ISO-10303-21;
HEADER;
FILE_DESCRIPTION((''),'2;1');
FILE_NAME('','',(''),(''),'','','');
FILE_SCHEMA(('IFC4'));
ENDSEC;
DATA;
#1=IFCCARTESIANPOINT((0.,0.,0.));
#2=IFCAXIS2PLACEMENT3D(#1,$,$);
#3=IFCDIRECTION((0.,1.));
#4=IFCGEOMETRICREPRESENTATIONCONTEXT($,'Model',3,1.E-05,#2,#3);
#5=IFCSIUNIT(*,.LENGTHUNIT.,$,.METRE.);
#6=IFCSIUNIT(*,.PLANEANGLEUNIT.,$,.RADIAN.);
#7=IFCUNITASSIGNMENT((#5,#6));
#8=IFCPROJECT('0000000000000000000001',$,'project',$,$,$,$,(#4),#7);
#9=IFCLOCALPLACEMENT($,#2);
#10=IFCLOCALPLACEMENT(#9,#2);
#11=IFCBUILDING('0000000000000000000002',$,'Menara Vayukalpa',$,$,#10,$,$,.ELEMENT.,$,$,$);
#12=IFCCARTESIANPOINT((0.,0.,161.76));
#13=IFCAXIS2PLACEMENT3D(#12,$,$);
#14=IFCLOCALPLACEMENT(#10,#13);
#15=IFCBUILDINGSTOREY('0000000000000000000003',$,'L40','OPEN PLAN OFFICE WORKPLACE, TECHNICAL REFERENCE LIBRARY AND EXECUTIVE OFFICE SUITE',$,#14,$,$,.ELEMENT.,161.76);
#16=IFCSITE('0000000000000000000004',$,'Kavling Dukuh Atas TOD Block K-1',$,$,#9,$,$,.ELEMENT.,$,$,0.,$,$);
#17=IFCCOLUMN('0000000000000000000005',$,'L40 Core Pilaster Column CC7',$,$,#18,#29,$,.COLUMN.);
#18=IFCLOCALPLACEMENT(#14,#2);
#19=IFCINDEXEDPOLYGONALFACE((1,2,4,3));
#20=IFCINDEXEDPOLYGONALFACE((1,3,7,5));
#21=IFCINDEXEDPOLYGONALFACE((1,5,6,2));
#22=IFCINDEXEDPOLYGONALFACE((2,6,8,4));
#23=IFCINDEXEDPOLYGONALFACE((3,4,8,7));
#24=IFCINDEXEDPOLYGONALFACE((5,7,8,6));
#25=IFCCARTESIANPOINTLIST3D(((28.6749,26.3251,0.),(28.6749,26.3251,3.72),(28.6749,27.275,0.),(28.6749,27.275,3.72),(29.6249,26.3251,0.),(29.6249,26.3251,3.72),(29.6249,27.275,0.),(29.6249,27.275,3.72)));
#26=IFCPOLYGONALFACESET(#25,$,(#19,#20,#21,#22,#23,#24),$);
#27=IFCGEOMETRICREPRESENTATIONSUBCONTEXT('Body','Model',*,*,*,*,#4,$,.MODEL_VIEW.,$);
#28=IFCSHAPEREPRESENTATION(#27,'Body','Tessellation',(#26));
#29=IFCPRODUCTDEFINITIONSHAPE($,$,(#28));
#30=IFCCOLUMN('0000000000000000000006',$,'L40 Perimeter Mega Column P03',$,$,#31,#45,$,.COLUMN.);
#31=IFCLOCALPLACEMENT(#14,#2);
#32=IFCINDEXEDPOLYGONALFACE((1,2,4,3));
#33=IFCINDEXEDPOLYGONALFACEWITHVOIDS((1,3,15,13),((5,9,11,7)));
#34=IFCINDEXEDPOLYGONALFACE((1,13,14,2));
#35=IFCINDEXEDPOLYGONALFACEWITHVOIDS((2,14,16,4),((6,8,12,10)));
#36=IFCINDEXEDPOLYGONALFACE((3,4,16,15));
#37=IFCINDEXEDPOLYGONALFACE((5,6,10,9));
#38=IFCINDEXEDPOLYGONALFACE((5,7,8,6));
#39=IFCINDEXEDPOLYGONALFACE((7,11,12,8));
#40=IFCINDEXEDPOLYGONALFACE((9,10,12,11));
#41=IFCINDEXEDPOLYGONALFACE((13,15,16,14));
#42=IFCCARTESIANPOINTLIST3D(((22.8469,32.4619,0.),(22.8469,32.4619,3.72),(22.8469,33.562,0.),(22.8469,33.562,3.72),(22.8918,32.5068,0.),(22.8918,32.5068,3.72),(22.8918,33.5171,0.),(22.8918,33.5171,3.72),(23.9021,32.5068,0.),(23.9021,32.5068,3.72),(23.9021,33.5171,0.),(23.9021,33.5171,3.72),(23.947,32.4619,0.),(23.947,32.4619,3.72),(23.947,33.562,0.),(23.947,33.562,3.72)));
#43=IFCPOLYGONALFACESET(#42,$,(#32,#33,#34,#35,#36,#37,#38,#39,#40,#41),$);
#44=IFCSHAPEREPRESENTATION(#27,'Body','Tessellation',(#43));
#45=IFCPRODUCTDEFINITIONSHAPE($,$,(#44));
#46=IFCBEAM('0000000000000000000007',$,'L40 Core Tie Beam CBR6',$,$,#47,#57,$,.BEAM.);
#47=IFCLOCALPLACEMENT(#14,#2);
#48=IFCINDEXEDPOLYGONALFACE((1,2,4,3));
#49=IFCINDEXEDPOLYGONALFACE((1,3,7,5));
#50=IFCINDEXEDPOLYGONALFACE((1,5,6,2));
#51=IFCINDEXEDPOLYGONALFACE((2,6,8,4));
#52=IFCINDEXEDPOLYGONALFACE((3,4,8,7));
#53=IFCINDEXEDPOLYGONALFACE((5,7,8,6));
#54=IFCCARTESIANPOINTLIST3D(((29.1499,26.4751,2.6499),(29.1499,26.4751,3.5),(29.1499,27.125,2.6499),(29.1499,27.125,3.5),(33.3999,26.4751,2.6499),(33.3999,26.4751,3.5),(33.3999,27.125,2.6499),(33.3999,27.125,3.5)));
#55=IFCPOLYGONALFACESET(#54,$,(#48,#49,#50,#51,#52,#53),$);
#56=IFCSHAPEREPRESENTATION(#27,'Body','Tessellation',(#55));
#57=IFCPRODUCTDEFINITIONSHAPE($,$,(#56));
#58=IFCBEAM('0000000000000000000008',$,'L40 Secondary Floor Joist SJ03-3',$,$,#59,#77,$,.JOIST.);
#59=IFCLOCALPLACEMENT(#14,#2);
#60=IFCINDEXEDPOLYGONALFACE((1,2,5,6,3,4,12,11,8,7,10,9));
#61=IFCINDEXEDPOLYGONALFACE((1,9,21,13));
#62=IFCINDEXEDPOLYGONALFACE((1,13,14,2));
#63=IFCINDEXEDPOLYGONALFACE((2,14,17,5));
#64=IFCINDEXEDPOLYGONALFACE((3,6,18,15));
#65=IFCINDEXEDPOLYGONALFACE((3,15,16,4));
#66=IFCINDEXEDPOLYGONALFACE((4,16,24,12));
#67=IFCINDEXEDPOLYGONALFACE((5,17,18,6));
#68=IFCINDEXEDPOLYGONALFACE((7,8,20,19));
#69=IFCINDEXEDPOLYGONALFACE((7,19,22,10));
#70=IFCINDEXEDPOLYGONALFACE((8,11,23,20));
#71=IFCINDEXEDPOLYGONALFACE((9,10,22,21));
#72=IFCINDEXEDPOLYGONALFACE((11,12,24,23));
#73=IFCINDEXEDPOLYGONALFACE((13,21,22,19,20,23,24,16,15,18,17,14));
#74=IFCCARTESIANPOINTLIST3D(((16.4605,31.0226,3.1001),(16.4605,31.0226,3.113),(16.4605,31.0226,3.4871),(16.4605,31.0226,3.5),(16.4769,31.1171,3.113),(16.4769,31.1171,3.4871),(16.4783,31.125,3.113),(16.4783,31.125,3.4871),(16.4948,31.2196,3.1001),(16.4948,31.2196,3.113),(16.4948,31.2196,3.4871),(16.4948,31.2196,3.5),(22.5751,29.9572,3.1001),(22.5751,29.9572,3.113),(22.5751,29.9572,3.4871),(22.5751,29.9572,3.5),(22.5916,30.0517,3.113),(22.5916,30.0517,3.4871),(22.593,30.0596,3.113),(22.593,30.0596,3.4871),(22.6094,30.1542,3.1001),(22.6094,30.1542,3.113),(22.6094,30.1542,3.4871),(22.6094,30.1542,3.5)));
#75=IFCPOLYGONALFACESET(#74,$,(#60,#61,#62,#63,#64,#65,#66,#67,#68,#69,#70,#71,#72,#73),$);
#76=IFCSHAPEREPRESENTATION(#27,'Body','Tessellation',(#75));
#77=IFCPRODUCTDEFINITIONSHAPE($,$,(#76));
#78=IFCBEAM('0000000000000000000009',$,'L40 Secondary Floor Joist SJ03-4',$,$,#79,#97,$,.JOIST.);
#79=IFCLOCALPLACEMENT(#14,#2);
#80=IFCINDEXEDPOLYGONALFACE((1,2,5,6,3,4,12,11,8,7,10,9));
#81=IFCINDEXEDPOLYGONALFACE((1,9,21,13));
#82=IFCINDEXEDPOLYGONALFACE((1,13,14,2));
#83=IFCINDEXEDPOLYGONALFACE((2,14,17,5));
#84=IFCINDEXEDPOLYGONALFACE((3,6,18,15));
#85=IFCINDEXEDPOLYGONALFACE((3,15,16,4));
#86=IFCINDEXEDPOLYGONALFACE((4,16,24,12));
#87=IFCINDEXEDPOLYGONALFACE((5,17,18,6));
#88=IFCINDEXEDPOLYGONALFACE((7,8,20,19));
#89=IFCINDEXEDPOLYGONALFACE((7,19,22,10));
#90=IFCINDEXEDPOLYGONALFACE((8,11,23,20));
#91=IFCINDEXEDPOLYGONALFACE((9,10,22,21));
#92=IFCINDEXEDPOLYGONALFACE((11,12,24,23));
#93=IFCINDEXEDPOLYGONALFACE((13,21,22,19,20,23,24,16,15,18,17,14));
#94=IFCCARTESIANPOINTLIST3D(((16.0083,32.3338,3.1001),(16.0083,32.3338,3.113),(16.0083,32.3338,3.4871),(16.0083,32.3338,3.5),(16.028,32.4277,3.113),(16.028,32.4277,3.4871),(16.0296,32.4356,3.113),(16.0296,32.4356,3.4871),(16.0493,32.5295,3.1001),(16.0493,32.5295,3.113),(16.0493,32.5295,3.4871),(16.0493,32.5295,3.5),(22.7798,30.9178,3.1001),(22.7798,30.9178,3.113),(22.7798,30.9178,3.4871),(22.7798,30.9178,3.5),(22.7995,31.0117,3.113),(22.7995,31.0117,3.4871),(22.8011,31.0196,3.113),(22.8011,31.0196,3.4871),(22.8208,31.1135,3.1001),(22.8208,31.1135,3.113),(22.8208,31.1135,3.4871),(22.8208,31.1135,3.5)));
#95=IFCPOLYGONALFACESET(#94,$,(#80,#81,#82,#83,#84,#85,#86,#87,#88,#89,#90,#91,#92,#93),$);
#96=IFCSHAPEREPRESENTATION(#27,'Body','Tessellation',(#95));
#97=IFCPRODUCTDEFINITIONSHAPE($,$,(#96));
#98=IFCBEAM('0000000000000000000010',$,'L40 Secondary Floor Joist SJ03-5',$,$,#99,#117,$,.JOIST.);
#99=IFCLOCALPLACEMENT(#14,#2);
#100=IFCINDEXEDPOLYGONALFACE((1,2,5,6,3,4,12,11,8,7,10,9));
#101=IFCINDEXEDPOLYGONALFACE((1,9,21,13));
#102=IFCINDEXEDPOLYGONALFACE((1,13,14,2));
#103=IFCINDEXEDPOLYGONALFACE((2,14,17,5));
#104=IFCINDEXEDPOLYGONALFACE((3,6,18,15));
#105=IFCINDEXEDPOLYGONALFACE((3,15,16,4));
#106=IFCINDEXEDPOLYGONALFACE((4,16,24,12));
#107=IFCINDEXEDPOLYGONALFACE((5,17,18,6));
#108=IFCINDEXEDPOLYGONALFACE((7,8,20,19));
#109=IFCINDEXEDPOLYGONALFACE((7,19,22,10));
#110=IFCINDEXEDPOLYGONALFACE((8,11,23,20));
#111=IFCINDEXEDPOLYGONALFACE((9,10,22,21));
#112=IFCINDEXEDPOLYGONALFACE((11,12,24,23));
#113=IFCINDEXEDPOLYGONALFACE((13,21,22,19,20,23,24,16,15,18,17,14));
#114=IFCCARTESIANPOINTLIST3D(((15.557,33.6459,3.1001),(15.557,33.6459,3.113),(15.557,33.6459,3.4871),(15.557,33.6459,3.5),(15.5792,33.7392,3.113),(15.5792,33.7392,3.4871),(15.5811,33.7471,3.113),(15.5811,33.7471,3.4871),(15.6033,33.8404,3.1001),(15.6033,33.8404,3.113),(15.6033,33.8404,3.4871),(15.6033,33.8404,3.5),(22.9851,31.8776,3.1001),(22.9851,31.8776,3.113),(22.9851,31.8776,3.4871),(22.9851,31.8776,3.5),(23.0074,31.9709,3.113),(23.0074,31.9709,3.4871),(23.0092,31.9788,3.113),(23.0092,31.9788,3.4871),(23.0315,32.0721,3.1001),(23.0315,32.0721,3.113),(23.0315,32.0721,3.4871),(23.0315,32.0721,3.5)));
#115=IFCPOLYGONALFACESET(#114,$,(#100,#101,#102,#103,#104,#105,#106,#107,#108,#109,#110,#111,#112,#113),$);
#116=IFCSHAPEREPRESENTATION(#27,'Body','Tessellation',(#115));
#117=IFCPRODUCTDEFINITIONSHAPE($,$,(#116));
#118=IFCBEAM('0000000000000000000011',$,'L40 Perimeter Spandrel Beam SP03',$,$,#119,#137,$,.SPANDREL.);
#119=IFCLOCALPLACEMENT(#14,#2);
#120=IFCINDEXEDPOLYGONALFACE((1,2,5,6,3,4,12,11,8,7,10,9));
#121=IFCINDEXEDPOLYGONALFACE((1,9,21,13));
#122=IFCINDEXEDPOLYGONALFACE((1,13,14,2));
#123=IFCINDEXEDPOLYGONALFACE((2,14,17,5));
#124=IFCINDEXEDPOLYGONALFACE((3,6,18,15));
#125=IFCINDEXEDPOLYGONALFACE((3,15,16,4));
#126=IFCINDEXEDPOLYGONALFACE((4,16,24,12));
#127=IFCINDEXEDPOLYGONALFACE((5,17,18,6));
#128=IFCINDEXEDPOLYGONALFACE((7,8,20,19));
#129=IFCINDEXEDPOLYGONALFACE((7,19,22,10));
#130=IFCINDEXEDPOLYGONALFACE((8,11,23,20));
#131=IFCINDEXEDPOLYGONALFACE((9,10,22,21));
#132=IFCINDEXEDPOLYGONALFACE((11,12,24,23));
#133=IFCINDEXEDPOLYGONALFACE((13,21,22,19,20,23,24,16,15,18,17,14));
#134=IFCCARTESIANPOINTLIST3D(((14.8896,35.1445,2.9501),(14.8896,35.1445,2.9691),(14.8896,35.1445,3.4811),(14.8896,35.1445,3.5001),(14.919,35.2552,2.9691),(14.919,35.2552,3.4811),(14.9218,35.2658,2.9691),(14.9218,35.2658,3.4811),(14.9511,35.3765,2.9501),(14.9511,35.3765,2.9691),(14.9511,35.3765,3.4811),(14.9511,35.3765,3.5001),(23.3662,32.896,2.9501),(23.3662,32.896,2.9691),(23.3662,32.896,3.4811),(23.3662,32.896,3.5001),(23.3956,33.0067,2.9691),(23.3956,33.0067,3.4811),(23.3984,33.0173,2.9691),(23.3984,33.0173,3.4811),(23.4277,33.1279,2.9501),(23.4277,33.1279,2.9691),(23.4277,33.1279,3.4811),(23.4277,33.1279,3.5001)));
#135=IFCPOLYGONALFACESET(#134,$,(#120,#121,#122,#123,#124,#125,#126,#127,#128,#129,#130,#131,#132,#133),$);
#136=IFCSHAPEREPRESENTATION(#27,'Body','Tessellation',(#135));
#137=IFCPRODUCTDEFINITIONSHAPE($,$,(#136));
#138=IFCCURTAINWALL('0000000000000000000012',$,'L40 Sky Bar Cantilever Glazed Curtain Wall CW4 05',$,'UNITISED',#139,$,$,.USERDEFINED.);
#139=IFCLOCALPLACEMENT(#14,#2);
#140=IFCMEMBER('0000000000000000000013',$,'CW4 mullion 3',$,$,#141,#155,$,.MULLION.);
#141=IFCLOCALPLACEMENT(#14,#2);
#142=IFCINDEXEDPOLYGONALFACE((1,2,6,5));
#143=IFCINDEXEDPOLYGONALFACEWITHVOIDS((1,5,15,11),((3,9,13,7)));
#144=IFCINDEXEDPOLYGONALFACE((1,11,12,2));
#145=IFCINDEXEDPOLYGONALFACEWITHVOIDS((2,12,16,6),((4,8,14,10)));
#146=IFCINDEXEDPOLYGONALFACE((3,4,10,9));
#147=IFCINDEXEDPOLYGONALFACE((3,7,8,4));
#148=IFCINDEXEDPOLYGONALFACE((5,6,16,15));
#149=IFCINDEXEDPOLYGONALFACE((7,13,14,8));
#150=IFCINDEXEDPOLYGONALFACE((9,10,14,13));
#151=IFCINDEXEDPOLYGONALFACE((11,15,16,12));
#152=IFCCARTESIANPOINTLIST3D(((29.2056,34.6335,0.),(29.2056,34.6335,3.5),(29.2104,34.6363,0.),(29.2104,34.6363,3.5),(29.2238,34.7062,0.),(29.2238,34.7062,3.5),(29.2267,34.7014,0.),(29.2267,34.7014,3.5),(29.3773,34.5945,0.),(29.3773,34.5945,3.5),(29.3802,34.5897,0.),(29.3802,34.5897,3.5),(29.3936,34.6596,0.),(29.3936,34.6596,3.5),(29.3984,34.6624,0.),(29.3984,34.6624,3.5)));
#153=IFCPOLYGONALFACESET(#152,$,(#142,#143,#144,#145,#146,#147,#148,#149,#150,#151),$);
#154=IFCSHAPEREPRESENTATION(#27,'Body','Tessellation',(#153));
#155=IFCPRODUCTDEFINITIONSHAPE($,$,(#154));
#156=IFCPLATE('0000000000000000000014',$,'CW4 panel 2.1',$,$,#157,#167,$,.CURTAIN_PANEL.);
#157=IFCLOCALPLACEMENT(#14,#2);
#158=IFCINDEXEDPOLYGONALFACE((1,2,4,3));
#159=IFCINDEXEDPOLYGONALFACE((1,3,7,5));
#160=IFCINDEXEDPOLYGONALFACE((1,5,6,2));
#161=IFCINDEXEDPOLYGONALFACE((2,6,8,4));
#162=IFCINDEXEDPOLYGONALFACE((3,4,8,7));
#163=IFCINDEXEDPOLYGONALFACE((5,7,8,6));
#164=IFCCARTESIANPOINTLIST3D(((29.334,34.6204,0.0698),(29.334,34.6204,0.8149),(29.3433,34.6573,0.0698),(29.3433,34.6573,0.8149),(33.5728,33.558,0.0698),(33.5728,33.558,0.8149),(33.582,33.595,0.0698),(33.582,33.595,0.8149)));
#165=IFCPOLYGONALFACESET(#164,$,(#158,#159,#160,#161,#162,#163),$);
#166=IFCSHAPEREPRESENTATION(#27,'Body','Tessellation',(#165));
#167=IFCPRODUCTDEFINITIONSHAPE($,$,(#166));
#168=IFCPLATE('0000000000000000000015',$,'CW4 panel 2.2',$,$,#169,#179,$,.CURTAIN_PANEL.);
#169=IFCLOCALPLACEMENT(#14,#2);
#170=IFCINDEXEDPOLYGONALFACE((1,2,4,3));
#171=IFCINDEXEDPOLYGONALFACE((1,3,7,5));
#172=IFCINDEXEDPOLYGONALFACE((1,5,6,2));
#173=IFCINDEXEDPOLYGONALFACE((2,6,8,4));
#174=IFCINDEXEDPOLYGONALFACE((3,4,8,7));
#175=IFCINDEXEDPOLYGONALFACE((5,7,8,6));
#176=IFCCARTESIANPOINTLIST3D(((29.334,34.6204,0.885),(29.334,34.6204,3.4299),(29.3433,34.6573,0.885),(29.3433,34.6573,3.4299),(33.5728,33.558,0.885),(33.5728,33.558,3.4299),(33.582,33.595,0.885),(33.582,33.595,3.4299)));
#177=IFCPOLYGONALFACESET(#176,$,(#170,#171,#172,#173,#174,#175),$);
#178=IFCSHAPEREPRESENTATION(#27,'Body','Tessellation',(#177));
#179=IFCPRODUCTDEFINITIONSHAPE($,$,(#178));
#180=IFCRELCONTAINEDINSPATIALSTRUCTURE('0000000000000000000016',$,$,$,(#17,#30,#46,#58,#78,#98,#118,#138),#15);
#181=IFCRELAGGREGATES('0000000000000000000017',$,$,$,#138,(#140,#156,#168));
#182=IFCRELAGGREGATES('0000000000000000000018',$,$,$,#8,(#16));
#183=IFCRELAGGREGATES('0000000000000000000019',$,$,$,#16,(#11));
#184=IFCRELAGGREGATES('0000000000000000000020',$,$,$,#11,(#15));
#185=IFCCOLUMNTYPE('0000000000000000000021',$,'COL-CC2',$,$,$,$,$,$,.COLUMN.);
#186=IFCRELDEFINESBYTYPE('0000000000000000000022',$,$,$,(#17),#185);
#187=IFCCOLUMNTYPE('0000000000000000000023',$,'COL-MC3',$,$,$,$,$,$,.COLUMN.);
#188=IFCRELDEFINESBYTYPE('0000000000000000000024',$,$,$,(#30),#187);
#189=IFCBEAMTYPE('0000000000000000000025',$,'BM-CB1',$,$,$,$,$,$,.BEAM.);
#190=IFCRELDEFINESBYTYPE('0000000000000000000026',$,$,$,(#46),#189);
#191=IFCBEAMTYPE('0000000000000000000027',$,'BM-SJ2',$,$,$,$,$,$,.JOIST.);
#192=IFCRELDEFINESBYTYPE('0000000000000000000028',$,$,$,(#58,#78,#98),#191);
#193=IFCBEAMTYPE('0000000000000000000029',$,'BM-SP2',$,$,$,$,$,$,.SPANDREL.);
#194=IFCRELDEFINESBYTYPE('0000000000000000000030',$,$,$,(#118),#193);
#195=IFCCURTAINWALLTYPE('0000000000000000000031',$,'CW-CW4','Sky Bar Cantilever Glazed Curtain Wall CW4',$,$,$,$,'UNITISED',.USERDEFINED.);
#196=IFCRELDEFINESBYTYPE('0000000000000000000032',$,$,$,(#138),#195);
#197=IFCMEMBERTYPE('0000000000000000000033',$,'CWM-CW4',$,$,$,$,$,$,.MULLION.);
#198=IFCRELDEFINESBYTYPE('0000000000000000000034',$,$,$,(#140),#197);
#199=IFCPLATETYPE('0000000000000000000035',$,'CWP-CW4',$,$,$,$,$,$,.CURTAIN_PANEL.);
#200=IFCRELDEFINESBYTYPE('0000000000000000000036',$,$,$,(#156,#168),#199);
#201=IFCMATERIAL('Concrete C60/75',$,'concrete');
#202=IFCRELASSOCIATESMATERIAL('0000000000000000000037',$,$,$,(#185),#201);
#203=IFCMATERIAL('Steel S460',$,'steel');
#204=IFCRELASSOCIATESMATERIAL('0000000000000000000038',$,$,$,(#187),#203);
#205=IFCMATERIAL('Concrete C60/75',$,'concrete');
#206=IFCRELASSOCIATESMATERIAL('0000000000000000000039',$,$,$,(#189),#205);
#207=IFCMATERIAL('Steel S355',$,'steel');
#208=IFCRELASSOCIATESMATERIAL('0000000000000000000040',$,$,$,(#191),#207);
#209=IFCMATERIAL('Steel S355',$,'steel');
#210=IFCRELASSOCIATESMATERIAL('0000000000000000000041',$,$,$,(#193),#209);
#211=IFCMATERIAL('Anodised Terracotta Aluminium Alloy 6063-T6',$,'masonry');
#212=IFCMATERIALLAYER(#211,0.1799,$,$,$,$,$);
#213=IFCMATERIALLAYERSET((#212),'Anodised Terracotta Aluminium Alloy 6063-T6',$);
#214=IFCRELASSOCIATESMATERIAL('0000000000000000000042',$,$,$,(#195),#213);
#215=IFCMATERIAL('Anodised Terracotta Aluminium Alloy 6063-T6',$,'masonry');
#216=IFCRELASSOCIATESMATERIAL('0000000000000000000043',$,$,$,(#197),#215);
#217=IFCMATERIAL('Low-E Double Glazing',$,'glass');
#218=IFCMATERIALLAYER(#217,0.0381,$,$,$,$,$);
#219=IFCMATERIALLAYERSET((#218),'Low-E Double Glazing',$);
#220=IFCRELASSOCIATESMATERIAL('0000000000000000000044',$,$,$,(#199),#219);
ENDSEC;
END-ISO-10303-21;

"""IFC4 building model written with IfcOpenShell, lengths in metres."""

from ifc_helpers import new_model, si_unit, direction, frame, origin, origin_2d, place, context, subcontext, project, spatial, rectangle, hollow_rectangle, i_section, extrude, material, layer, layer_set, material_profile, profile_set, type_object, element, aggregate, save


model = new_model("IFC4")

# Units and contexts
model_context = context("Model", 3, precision=1e-05, world=origin(), true_north=direction((0.0, 1.0)))
body_context = subcontext(model_context, "Body", "Model", "MODEL_VIEW")
ifc_project = project(units=[si_unit("LENGTHUNIT", "METRE"), si_unit("PLANEANGLEUNIT", "RADIAN")], contexts=[model_context])

# Site, building, storey
site_placement = place(None, origin())
site = spatial("IfcSite", under=ifc_project, at=site_placement, Name="Kavling Dukuh Atas TOD Block K-1", CompositionType="ELEMENT", RefElevation=0.0)
building_placement = place(site_placement, origin())
building = spatial("IfcBuilding", under=site, at=building_placement, Name="Menara Vayukalpa", CompositionType="ELEMENT")
storey_placement = place(building_placement, frame((0.0, 0.0, 161.76)))
storey = spatial("IfcBuildingStorey", under=building, at=storey_placement, Name="L40", Description="OPEN PLAN OFFICE WORKPLACE, TECHNICAL REFERENCE LIBRARY AND EXECUTIVE OFFICE SUITE", CompositionType="ELEMENT", Elevation=161.76)

# Columns
ifc_material_1 = material(Name="Concrete C60/75", Category="concrete")
ifc_material_profile_1 = material_profile(ifc_material_1, rectangle(XDim=0.95, YDim=0.95, at=origin_2d()), Name="RC 950x950")
ifc_profile_set_1 = profile_set([ifc_material_profile_1], Name="Concrete C60/75")
column_type_1 = type_object("IfcColumnType", Name="COL-CC2", PredefinedType="COLUMN", material=ifc_profile_set_1)
column_1_placement = place(storey_placement, frame((29.1499, 26.8, 0.0), z_axis=(0.0, 0.0, 1.0), x_axis=(1.0, 0.0, 0.0)))
element("IfcColumn", 1, at=column_1_placement, inside=storey, type_object=column_type_1, Name="L40 Core Pilaster Column CC7", PredefinedType="COLUMN", context=body_context, shape_type="SweptSolid", body=[
    extrude(rectangle(XDim=0.95, YDim=0.95, at=origin_2d()), origin(), (0.0, 0.0, 1.0), 3.72),
])
ifc_material_2 = material(Name="Steel S460", Category="steel")
ifc_material_profile_2 = material_profile(ifc_material_2, hollow_rectangle(XDim=1.1001, YDim=1.1001, WallThickness=0.0449, at=origin_2d()), Name="BOX 1100x1100x45")
ifc_profile_set_2 = profile_set([ifc_material_profile_2], Name="Steel S460")
column_type_2 = type_object("IfcColumnType", Name="COL-MC3", PredefinedType="COLUMN", material=ifc_profile_set_2)
column_2_placement = place(storey_placement, frame((23.397, 33.012, 0.0), z_axis=(0.0, 0.0, 1.0), x_axis=(1.0, 0.0, 0.0)))
element("IfcColumn", 2, at=column_2_placement, inside=storey, type_object=column_type_2, Name="L40 Perimeter Mega Column P03", PredefinedType="COLUMN", context=body_context, shape_type="SweptSolid", body=[
    extrude(hollow_rectangle(XDim=1.1001, YDim=1.1001, WallThickness=0.0449, at=origin_2d()), origin(), (0.0, 0.0, 1.0), 3.72),
])

# Beams
ifc_material_3 = material(Name="Concrete C60/75", Category="concrete")
ifc_material_profile_3 = material_profile(ifc_material_3, rectangle(XDim=0.6499, YDim=0.8501, at=origin_2d()), Name="RC 650x850")
ifc_profile_set_3 = profile_set([ifc_material_profile_3], Name="Concrete C60/75")
beam_type_1 = type_object("IfcBeamType", Name="BM-CB1", PredefinedType="BEAM", material=ifc_profile_set_3)
beam_1_placement = place(storey_placement, frame((29.1499, 26.8, 3.075), z_axis=(1.0, 0.0, 0.0), x_axis=(0.0, 1.0, 0.0)))
element("IfcBeam", 3, at=beam_1_placement, inside=storey, type_object=beam_type_1, Name="L40 Core Tie Beam CBR6", PredefinedType="BEAM", context=body_context, shape_type="SweptSolid", body=[
    extrude(rectangle(XDim=0.6499, YDim=0.8501, at=origin_2d()), origin(), (0.0, 0.0, 1.0), 4.25),
])
ifc_material_4 = material(Name="Steel S355", Category="steel")
ifc_material_profile_4 = material_profile(ifc_material_4, i_section(OverallWidth=0.2, OverallDepth=0.3999, WebThickness=0.0081, FlangeThickness=0.0129, at=origin_2d()), Name="WF 400x200x8x13")
ifc_profile_set_4 = profile_set([ifc_material_profile_4], Name="Steel S355")
beam_type_2 = type_object("IfcBeamType", Name="BM-SJ2", PredefinedType="JOIST", material=ifc_profile_set_4)
beam_2_placement = place(storey_placement, frame((22.5923, 30.0557, 3.3), z_axis=(-0.985157, 0.171653, 0.0), x_axis=(-0.171653, -0.985157, 0.0)))
element("IfcBeam", 4, at=beam_2_placement, inside=storey, type_object=beam_type_2, Name="L40 Secondary Floor Joist SJ03-3", PredefinedType="JOIST", context=body_context, shape_type="SweptSolid", body=[
    extrude(i_section(OverallWidth=0.2, OverallDepth=0.3999, WebThickness=0.0081, FlangeThickness=0.0129, at=origin_2d()), origin(), (0.0, 0.0, 1.0), 6.2068),
])
beam_3_placement = place(storey_placement, frame((22.8003, 31.0156, 3.3), z_axis=(-0.978827, 0.204687, 0.0), x_axis=(-0.204687, -0.978827, 0.0)))
element("IfcBeam", 5, at=beam_3_placement, inside=storey, type_object=beam_type_2, Name="L40 Secondary Floor Joist SJ03-4", PredefinedType="JOIST", context=body_context, shape_type="SweptSolid", body=[
    extrude(i_section(OverallWidth=0.2, OverallDepth=0.3999, WebThickness=0.0081, FlangeThickness=0.0129, at=origin_2d()), origin(), (0.0, 0.0, 1.0), 6.918),
])
beam_4_placement = place(storey_placement, frame((23.0083, 31.9749, 3.3), z_axis=(-0.972815, 0.231582, 0.0), x_axis=(-0.231582, -0.972815, 0.0)))
element("IfcBeam", 6, at=beam_4_placement, inside=storey, type_object=beam_type_2, Name="L40 Secondary Floor Joist SJ03-5", PredefinedType="JOIST", context=body_context, shape_type="SweptSolid", body=[
    extrude(i_section(OverallWidth=0.2, OverallDepth=0.3999, WebThickness=0.0081, FlangeThickness=0.0129, at=origin_2d()), origin(), (0.0, 0.0, 1.0), 7.6357),
])
ifc_material_5 = material(Name="Steel S355", Category="steel")
ifc_material_profile_5 = material_profile(ifc_material_5, i_section(OverallWidth=0.24, OverallDepth=0.55, WebThickness=0.011, FlangeThickness=0.019, at=origin_2d()), Name="WF 550x240x11x19")
ifc_profile_set_5 = profile_set([ifc_material_profile_5], Name="Steel S355")
beam_type_3 = type_object("IfcBeamType", Name="BM-SP2", PredefinedType="SPANDREL", material=ifc_profile_set_5)
beam_5_placement = place(storey_placement, frame((23.397, 33.012, 3.2251), z_axis=(-0.966571, 0.256398, 0.0), x_axis=(-0.256398, -0.966571, 0.0)))
element("IfcBeam", 7, at=beam_5_placement, inside=storey, type_object=beam_type_3, Name="L40 Perimeter Spandrel Beam SP03", PredefinedType="SPANDREL", context=body_context, shape_type="SweptSolid", body=[
    extrude(i_section(OverallWidth=0.24, OverallDepth=0.55, WebThickness=0.011, FlangeThickness=0.019, at=origin_2d()), origin(), (0.0, 0.0, 1.0), 8.7698),
])

# Curtain wall, member, plates
ifc_material_6 = material(Name="Anodised Terracotta Aluminium Alloy 6063-T6", Category="masonry")
ifc_layer_1 = layer(ifc_material_6, 0.1799)
ifc_layer_set_1 = layer_set([ifc_layer_1], Name="Anodised Terracotta Aluminium Alloy 6063-T6")
curtain_wall_type = type_object("IfcCurtainWallType", Name="CW-CW4", Description="Sky Bar Cantilever Glazed Curtain Wall CW4", ElementType="UNITISED", PredefinedType="USERDEFINED", material=ifc_layer_set_1)
curtain_wall_placement = place(storey_placement, origin())
curtain_wall = element("IfcCurtainWall", 8, at=curtain_wall_placement, inside=storey, type_object=curtain_wall_type, Name="L40 Sky Bar Cantilever Glazed Curtain Wall CW4 05", ObjectType="UNITISED", PredefinedType="USERDEFINED")
ifc_material_7 = material(Name="Anodised Terracotta Aluminium Alloy 6063-T6", Category="masonry")
ifc_material_profile_6 = material_profile(ifc_material_7, hollow_rectangle(XDim=0.075, YDim=0.1799, WallThickness=0.0039, at=origin_2d()), Name="ALU 75x180x4")
ifc_profile_set_6 = profile_set([ifc_material_profile_6], Name="Anodised Terracotta Aluminium Alloy 6063-T6")
member_type = type_object("IfcMemberType", Name="CWM-CW4", PredefinedType="MULLION", material=ifc_profile_set_6)
member_placement = place(storey_placement, frame((29.302, 34.6479, 0.0), z_axis=(0.0, 0.0, 1.0), x_axis=(-0.243113, -0.969998, 0.0)))
member = element("IfcMember", 9, at=member_placement, type_object=member_type, Name="CW4 mullion 3", PredefinedType="MULLION", context=body_context, shape_type="SweptSolid", body=[
    extrude(hollow_rectangle(XDim=0.075, YDim=0.1799, WallThickness=0.0039, at=origin_2d()), origin(), (0.0, 0.0, 1.0), 3.5),
])
ifc_material_8 = material(Name="Low-E Double Glazing", Category="glass")
ifc_layer_2 = layer(ifc_material_8, 0.0381)
ifc_layer_set_2 = layer_set([ifc_layer_2], Name="Low-E Double Glazing")
plate_type = type_object("IfcPlateType", Name="CWP-CW4", PredefinedType="CURTAIN_PANEL", material=ifc_layer_set_2)
plate_1_placement = place(storey_placement, frame((31.458, 34.1077, 0.0698), z_axis=(0.0, 0.0, 1.0), x_axis=(-0.969998, 0.243113, 0.0)))
plate_1 = element("IfcPlate", 10, at=plate_1_placement, type_object=plate_type, Name="CW4 panel 2.1", PredefinedType="CURTAIN_PANEL", context=body_context, shape_type="SweptSolid", body=[
    extrude(rectangle(XDim=4.3699, YDim=0.0381, at=origin_2d()), origin(), (0.0, 0.0, 1.0), 0.7451),
])
plate_2_placement = place(storey_placement, frame((31.458, 34.1077, 0.885), z_axis=(0.0, 0.0, 1.0), x_axis=(-0.969998, 0.243113, 0.0)))
plate_2 = element("IfcPlate", 11, at=plate_2_placement, type_object=plate_type, Name="CW4 panel 2.2", PredefinedType="CURTAIN_PANEL", context=body_context, shape_type="SweptSolid", body=[
    extrude(rectangle(XDim=4.3699, YDim=0.0381, at=origin_2d()), origin(), (0.0, 0.0, 1.0), 2.5449),
])
aggregate(curtain_wall, [member, plate_1, plate_2])

save(model, "model.ifc")
